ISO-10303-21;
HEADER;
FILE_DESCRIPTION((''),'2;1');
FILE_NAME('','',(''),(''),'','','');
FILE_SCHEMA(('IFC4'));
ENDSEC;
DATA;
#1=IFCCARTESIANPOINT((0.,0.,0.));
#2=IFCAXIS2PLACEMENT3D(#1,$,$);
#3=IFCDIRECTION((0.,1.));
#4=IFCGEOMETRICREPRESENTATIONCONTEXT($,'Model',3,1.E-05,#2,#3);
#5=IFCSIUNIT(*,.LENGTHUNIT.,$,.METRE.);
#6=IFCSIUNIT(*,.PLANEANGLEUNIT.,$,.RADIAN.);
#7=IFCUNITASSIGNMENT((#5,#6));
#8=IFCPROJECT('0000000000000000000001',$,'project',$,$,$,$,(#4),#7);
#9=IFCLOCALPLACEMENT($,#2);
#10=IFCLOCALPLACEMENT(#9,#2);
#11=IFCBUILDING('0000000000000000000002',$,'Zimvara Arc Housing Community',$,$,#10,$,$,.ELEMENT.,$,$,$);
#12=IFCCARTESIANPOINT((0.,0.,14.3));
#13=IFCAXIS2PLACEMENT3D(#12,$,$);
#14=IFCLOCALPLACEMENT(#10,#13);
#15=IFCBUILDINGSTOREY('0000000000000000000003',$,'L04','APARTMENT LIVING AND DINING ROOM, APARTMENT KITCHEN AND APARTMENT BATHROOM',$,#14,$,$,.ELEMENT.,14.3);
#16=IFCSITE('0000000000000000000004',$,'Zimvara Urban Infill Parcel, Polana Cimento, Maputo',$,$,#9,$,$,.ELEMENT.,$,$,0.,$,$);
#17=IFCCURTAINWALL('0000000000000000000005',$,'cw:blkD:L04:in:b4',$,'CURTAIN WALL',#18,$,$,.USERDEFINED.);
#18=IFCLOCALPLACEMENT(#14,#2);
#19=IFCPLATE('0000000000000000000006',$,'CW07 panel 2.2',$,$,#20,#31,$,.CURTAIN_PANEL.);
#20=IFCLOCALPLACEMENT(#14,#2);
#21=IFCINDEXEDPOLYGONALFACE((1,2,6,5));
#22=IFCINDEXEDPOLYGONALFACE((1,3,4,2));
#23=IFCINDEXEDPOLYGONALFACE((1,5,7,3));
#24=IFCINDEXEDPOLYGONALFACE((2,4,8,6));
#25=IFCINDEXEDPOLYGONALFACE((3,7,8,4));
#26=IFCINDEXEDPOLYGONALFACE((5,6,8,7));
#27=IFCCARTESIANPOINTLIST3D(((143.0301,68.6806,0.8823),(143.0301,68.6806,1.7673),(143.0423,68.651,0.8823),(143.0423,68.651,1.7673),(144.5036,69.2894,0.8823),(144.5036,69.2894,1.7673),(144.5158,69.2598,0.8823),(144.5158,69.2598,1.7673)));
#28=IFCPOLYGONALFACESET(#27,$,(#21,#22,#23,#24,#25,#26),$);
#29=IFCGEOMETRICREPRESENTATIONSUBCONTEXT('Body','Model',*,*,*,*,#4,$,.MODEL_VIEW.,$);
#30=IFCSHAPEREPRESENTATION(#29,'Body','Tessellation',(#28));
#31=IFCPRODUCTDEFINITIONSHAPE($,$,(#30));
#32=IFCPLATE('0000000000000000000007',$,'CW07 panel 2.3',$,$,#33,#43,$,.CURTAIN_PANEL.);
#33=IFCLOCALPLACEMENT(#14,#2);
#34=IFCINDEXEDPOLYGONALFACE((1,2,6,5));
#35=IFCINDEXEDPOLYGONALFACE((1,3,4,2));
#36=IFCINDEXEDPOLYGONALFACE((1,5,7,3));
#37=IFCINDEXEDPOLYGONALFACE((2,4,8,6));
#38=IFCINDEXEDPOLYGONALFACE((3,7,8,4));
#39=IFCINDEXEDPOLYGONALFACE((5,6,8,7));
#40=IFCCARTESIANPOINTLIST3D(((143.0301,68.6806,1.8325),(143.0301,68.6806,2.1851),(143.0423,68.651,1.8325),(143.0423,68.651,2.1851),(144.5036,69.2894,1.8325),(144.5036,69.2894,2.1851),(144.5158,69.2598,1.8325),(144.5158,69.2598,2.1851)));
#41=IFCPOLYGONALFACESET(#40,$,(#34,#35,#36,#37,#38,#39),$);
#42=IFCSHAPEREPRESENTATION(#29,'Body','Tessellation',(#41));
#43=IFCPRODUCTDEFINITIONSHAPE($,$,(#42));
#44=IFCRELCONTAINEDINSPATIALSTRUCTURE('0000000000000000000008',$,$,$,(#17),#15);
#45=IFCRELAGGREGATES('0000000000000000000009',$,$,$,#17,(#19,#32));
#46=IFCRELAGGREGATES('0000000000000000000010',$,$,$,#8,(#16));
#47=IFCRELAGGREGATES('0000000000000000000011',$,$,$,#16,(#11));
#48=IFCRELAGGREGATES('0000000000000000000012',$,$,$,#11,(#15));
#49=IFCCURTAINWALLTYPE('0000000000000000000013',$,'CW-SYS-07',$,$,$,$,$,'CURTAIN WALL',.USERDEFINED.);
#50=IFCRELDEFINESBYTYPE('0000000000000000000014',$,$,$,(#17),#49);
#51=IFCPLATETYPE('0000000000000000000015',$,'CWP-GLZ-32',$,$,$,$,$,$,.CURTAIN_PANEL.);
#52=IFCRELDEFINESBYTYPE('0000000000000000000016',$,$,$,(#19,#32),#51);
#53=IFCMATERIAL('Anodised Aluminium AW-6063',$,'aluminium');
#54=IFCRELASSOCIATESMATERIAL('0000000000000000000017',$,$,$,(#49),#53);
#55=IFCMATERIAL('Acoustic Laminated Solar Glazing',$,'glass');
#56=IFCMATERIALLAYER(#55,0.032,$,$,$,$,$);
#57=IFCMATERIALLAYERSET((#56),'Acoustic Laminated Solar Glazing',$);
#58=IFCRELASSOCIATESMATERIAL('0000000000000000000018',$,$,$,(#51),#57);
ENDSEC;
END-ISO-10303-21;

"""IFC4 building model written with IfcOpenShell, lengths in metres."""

from ifc_helpers import new_model, si_unit, direction, frame, origin, origin_2d, place, context, subcontext, project, spatial, rectangle, extrude, material, layer, layer_set, type_object, element, aggregate, save


model = new_model("IFC4")

# Units and contexts
model_context = context("Model", 3, precision=1e-05, world=origin(), true_north=direction((0.0, 1.0)))
body_context = subcontext(model_context, "Body", "Model", "MODEL_VIEW")
ifc_project = project(units=[si_unit("LENGTHUNIT", "METRE"), si_unit("PLANEANGLEUNIT", "RADIAN")], contexts=[model_context])

# Site, building, storey
site_placement = place(None, origin())
site = spatial("IfcSite", under=ifc_project, at=site_placement, Name="Zimvara Urban Infill Parcel, Polana Cimento, Maputo", CompositionType="ELEMENT", RefElevation=0.0)
building_placement = place(site_placement, origin())
building = spatial("IfcBuilding", under=site, at=building_placement, Name="Zimvara Arc Housing Community", CompositionType="ELEMENT")
storey_placement = place(building_placement, frame((0.0, 0.0, 14.3)))
storey = spatial("IfcBuildingStorey", under=building, at=storey_placement, Name="L04", Description="APARTMENT LIVING AND DINING ROOM, APARTMENT KITCHEN AND APARTMENT BATHROOM", CompositionType="ELEMENT", Elevation=14.3)

# Curtain wall
ifc_material_1 = material(Name="Anodised Aluminium AW-6063", Category="aluminium")
curtain_wall_type_1 = type_object("IfcCurtainWallType", Name="CW-SYS-07", ElementType="CURTAIN WALL", PredefinedType="USERDEFINED", material=ifc_material_1)
curtain_wall_1_placement = place(storey_placement, origin())
curtain_wall_1 = element("IfcCurtainWall", 1, at=curtain_wall_1_placement, inside=storey, type_object=curtain_wall_type_1, Name="cw:blkD:L04:in:b4", ObjectType="CURTAIN WALL", PredefinedType="USERDEFINED")

# Plates
ifc_material_2 = material(Name="Acoustic Laminated Solar Glazing", Category="glass")
ifc_layer_1 = layer(ifc_material_2, 0.032)
ifc_layer_set_1 = layer_set([ifc_layer_1], Name="Acoustic Laminated Solar Glazing")
plate_type_1 = type_object("IfcPlateType", Name="CWP-GLZ-32", PredefinedType="CURTAIN_PANEL", material=ifc_layer_set_1)
plate_1_placement = place(storey_placement, frame((143.7729, 68.9702, 0.8823), z_axis=(0.0, 0.0, 1.0), x_axis=(0.924213, 0.381877, 0.0)))
plate_1 = element("IfcPlate", 2, at=plate_1_placement, type_object=plate_type_1, Name="CW07 panel 2.2", PredefinedType="CURTAIN_PANEL", context=body_context, shape_type="SweptSolid", body=[
    extrude(rectangle(XDim=1.5942, YDim=0.032, at=origin_2d()), origin(), (0.0, 0.0, 1.0), 0.885),
])
plate_2_placement = place(storey_placement, frame((143.7729, 68.9702, 1.8325), z_axis=(0.0, 0.0, 1.0), x_axis=(0.924213, 0.381877, 0.0)))
plate_2 = element("IfcPlate", 3, at=plate_2_placement, type_object=plate_type_1, Name="CW07 panel 2.3", PredefinedType="CURTAIN_PANEL", context=body_context, shape_type="SweptSolid", body=[
    extrude(rectangle(XDim=1.5942, YDim=0.032, at=origin_2d()), origin(), (0.0, 0.0, 1.0), 0.3525),
])
aggregate(curtain_wall_1, [plate_1, plate_2])

save(model, "model.ifc")
